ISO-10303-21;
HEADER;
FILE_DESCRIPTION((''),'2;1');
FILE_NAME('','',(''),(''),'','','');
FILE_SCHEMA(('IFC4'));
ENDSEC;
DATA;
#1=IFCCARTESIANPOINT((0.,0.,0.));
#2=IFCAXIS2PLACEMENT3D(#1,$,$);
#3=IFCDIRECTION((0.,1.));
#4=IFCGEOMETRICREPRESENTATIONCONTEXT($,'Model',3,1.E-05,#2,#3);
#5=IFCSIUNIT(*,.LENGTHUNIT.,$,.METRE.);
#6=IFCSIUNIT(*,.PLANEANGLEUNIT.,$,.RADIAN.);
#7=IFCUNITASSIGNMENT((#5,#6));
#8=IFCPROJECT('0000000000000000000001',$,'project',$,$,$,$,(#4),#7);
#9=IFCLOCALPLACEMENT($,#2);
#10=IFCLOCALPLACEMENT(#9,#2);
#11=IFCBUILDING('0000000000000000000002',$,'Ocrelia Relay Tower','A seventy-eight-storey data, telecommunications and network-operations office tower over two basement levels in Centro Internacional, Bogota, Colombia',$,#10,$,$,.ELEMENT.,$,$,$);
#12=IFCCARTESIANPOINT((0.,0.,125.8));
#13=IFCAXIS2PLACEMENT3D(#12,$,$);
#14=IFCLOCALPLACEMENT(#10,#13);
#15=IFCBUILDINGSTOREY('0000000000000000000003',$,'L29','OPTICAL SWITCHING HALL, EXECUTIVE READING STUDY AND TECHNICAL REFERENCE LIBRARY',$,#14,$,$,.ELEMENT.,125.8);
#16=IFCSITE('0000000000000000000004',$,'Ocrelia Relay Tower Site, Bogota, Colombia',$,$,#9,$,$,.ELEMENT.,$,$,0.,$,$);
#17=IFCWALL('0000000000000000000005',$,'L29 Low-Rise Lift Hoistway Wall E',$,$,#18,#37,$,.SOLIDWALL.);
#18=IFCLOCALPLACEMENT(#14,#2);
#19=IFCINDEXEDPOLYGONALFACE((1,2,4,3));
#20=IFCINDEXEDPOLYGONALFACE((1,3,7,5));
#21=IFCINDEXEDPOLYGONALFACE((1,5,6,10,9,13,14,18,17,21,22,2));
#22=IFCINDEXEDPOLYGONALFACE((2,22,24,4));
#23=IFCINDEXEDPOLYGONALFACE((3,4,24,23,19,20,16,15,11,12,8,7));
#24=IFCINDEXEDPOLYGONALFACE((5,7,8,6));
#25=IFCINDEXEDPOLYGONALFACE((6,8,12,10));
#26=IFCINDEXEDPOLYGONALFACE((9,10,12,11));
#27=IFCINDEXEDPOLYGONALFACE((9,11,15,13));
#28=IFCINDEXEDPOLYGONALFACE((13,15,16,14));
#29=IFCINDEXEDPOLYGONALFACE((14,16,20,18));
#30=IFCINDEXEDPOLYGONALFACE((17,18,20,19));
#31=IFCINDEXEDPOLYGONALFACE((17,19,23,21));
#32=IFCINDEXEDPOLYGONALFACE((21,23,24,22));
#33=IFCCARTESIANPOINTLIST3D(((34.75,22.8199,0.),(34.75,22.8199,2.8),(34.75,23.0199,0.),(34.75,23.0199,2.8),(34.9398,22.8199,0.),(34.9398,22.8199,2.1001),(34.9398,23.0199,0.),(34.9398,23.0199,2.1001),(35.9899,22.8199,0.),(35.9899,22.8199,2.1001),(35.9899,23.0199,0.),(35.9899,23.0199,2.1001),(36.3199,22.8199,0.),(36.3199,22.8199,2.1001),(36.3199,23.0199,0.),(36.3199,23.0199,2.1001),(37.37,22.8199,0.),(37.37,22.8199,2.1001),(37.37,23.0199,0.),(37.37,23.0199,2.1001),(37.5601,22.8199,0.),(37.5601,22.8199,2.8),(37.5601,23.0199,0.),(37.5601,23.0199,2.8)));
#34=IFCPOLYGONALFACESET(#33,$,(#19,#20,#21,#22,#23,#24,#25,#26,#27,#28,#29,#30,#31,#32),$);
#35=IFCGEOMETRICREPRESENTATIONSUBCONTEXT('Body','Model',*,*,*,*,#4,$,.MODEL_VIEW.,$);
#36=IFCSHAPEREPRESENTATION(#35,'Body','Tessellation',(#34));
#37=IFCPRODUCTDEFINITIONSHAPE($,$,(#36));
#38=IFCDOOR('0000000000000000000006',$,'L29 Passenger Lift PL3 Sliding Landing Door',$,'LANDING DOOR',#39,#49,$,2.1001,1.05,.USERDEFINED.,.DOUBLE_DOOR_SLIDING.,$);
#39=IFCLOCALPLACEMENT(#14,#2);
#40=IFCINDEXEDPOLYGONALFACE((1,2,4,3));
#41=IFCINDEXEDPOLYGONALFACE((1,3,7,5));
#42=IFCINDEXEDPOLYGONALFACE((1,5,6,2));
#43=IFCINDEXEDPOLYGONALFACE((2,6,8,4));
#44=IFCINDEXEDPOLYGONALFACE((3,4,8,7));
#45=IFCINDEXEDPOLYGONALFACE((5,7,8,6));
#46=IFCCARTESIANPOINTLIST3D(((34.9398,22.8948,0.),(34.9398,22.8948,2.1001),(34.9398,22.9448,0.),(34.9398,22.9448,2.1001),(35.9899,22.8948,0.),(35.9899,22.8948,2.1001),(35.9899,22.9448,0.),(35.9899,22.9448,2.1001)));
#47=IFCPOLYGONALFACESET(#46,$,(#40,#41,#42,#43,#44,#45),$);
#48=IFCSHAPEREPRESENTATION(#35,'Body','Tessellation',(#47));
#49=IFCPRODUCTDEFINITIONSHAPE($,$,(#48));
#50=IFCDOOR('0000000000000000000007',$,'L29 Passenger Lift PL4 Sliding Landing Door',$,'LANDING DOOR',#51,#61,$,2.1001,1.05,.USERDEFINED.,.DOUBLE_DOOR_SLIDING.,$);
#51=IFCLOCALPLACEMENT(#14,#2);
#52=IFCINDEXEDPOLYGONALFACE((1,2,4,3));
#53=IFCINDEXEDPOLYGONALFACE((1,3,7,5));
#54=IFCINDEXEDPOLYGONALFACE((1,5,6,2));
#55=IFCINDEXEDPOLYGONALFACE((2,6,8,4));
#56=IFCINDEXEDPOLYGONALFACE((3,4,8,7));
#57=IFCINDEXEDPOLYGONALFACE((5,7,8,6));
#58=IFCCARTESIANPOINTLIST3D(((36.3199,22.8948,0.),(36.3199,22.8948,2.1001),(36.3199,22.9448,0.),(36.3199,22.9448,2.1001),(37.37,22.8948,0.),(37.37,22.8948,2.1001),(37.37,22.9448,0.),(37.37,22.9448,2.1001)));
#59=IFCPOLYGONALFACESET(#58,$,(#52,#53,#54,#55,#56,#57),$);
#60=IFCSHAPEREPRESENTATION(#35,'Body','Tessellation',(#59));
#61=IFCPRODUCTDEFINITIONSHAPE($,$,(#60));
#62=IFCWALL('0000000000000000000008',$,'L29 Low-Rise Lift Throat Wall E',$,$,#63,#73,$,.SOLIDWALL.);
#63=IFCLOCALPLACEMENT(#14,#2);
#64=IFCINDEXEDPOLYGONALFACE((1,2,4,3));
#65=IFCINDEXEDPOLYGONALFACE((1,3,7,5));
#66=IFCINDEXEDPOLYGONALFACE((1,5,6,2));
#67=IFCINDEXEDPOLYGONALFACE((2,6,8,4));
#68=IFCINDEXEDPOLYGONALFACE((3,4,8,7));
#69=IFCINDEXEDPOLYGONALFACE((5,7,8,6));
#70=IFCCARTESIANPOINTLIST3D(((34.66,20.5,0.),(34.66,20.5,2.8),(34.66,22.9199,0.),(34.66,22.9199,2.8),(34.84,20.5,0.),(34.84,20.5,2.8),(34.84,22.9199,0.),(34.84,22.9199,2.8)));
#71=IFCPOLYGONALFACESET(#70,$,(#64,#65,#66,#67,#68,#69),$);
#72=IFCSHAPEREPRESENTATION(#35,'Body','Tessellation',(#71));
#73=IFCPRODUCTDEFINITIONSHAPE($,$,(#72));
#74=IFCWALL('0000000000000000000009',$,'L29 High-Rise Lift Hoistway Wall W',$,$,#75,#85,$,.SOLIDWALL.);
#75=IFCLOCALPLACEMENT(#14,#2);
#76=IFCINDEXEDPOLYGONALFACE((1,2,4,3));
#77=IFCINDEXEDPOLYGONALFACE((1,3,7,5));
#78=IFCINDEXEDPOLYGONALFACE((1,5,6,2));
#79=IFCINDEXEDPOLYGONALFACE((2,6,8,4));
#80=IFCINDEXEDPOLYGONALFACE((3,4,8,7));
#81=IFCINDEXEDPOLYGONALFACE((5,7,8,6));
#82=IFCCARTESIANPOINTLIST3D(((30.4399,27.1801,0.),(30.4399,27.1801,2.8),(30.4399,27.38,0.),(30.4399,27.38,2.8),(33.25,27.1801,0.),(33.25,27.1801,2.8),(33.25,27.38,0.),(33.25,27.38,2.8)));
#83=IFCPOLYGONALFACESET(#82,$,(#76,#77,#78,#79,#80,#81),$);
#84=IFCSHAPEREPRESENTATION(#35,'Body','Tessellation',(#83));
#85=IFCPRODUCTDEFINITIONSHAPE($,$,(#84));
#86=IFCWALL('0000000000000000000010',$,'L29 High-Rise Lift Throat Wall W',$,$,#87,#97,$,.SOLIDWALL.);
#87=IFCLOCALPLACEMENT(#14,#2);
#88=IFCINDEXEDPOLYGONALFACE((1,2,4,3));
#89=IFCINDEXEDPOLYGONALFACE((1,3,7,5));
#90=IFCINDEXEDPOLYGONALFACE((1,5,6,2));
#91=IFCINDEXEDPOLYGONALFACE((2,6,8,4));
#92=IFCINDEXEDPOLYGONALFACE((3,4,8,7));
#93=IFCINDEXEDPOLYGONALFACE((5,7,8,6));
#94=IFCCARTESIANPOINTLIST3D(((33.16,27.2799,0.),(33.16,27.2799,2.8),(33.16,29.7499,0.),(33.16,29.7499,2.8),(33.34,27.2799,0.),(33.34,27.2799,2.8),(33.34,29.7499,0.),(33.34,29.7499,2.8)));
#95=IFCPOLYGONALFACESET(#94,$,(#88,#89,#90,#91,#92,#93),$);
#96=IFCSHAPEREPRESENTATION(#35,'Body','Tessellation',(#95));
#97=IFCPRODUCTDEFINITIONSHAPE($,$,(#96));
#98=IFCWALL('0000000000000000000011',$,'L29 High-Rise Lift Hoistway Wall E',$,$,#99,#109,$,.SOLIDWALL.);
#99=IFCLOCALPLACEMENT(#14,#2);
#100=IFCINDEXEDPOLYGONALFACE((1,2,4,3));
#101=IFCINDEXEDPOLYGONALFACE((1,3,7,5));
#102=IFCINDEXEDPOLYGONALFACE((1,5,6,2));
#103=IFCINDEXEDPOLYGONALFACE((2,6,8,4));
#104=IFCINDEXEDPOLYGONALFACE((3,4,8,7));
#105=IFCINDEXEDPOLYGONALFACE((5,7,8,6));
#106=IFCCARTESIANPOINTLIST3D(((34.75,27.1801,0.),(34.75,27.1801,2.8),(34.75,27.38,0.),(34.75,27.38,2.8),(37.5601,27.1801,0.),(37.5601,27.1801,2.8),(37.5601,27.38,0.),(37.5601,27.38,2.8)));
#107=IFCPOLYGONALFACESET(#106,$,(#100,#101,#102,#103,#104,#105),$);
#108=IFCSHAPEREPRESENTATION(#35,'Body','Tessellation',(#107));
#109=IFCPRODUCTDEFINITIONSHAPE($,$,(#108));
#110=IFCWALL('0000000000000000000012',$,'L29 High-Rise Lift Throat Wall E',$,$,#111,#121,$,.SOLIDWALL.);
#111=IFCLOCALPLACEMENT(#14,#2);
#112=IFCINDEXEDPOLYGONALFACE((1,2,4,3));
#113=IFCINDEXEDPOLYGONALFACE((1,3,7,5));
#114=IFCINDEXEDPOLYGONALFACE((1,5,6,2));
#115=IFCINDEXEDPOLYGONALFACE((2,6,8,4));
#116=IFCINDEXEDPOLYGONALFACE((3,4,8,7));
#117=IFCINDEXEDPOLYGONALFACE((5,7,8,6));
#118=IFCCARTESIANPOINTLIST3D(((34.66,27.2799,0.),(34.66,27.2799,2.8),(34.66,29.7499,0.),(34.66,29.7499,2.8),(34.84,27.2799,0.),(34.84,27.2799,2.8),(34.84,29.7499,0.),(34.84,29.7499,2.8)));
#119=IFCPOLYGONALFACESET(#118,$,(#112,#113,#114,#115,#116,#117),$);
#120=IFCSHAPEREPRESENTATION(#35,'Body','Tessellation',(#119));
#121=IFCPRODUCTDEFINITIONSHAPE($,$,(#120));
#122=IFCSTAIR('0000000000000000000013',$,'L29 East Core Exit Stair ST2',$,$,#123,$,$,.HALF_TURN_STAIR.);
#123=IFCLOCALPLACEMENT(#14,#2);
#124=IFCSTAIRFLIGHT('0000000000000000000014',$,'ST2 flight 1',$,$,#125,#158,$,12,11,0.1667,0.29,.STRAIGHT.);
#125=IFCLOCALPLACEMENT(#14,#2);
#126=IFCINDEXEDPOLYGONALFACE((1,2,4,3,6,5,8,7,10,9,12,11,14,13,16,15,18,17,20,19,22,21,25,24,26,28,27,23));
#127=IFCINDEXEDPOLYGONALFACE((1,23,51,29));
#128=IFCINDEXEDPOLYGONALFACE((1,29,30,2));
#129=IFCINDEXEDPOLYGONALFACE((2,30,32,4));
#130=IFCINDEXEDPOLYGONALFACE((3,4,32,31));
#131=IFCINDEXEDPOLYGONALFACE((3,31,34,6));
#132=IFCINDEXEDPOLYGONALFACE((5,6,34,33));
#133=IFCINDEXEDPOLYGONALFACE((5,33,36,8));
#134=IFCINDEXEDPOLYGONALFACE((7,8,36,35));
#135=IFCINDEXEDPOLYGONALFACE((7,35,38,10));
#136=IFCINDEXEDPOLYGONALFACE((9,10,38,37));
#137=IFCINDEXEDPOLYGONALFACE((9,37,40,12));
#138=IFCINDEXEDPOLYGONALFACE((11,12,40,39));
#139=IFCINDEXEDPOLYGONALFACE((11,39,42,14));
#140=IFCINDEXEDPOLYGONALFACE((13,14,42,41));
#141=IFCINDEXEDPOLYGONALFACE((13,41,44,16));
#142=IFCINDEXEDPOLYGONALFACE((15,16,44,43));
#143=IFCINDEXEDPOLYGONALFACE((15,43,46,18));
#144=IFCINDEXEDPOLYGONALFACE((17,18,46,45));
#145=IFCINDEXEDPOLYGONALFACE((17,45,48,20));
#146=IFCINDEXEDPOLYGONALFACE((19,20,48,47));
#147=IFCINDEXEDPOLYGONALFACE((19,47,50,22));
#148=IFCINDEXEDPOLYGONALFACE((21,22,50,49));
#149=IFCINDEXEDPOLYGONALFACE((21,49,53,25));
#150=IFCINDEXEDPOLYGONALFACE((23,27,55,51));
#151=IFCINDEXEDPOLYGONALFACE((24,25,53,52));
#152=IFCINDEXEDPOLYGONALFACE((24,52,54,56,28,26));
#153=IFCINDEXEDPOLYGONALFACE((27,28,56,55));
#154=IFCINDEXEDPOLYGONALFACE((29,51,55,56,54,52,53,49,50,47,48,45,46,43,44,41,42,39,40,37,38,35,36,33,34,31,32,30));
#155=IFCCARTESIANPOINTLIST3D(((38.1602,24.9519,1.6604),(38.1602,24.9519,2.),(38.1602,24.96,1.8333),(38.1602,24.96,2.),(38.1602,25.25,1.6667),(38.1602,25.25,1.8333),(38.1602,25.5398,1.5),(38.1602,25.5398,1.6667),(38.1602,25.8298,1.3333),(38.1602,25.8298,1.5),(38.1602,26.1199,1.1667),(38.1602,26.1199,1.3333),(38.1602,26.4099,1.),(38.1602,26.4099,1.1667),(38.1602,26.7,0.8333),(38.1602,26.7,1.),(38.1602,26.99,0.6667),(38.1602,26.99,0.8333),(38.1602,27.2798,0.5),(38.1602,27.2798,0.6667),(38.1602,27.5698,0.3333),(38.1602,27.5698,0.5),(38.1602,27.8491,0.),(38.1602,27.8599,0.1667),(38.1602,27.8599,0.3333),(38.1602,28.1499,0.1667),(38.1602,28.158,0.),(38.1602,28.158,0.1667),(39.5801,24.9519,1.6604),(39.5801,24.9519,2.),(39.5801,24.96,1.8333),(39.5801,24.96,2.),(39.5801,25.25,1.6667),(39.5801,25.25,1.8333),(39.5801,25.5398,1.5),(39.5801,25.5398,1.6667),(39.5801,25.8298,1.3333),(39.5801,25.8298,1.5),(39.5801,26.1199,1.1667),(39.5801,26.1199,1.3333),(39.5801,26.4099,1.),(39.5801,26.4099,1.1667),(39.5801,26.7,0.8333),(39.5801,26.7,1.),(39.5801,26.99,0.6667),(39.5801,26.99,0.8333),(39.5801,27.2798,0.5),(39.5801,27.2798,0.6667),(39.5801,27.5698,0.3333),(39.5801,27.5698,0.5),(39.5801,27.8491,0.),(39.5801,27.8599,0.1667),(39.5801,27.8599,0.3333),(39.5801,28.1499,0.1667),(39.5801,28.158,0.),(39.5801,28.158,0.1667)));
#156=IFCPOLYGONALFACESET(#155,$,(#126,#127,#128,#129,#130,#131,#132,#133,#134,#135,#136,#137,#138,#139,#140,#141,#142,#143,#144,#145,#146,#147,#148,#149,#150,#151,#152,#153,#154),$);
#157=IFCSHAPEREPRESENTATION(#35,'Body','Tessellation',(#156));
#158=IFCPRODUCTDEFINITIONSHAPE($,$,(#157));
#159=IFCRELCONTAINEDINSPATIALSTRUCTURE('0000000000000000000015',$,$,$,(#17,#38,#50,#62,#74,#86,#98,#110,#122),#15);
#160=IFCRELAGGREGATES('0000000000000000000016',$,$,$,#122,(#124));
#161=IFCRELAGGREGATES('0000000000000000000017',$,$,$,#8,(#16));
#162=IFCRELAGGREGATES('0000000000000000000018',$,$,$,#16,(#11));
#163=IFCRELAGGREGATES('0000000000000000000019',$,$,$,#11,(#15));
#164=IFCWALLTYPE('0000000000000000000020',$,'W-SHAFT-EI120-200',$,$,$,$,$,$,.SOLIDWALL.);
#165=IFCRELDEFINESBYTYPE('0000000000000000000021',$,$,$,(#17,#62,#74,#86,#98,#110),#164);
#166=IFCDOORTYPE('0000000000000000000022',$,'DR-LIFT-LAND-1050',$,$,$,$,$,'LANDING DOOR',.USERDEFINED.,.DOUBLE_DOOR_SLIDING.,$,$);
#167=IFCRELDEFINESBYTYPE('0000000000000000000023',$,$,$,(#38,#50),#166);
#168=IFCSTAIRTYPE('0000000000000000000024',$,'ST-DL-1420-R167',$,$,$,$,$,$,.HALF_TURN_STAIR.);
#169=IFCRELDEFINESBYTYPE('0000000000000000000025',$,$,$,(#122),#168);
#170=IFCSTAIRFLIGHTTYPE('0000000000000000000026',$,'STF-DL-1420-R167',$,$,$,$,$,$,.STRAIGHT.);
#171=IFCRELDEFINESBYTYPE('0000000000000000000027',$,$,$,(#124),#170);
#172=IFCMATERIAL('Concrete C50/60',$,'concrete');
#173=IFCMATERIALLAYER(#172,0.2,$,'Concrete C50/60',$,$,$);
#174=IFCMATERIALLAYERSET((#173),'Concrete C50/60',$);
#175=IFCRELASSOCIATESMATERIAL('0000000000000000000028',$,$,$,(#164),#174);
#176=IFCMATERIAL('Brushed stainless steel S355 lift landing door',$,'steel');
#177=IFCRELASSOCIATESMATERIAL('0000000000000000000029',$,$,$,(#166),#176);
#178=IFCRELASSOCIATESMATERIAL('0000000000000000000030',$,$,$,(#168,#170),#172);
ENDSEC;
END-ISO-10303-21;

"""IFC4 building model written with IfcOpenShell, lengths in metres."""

from ifc_helpers import new_model, si_unit, direction, frame, frame_2d, origin, place, context, subcontext, project, spatial, polyline, rectangle, outline, extrude, material, layer, layer_set, type_object, element, fill, aggregate, save


model = new_model("IFC4")

# Units and contexts
model_context = context("Model", 3, precision=1e-05, world=origin(), true_north=direction((0.0, 1.0)))
body_context = subcontext(model_context, "Body", "Model", "MODEL_VIEW")
ifc_project = project(units=[si_unit("LENGTHUNIT", "METRE"), si_unit("PLANEANGLEUNIT", "RADIAN")], contexts=[model_context])

# Site, building, storey
site_placement = place(None, origin())
site = spatial("IfcSite", under=ifc_project, at=site_placement, Name="Ocrelia Relay Tower Site, Bogota, Colombia", CompositionType="ELEMENT", RefElevation=0.0)
building_placement = place(site_placement, origin())
building = spatial("IfcBuilding", under=site, at=building_placement, Name="Ocrelia Relay Tower", Description="A seventy-eight-storey data, telecommunications and network-operations office tower over two basement levels in Centro Internacional, Bogota, Colombia", CompositionType="ELEMENT")
storey_placement = place(building_placement, frame((0.0, 0.0, 125.8)))
storey = spatial("IfcBuildingStorey", under=building, at=storey_placement, Name="L29", Description="OPTICAL SWITCHING HALL, EXECUTIVE READING STUDY AND TECHNICAL REFERENCE LIBRARY", CompositionType="ELEMENT", Elevation=125.8)

# Shared definitions
ifc_material_1 = material(Name="Concrete C50/60", Category="concrete")
ifc_layer_1 = layer(ifc_material_1, 0.2, Name="Concrete C50/60")
ifc_layer_set_1 = layer_set([ifc_layer_1], Name="Concrete C50/60")
wall_type_1 = type_object("IfcWallType", Name="W-SHAFT-EI120-200", PredefinedType="SOLIDWALL", material=ifc_layer_set_1)
ifc_material_2 = material(Name="Brushed stainless steel S355 lift landing door", Category="steel")
door_type = type_object("IfcDoorType", Name="DR-LIFT-LAND-1050", ElementType="LANDING DOOR", OperationType="DOUBLE_DOOR_SLIDING", PredefinedType="USERDEFINED", material=ifc_material_2)

# Wall, openings, doors
wall_1_placement = place(storey_placement, frame((34.75, 22.9199, 0.0), z_axis=(0.0, 0.0, 1.0), x_axis=(1.0, 0.0, 0.0)))
wall_1 = element("IfcWall", 1, at=wall_1_placement, inside=storey, type_object=wall_type_1, Name="L29 Low-Rise Lift Hoistway Wall E", PredefinedType="SOLIDWALL", context=body_context, shape_type="SweptSolid", body=[
    extrude(rectangle(XDim=2.8101, YDim=0.2, at=frame_2d((1.405, 0.0))), origin(), (0.0, 0.0, 1.0), 2.8),
])
opening_1_placement = place(wall_1_placement, frame((0.1899, 0.0, 0.0)))
opening_1 = element("IfcOpeningElement", 2, at=opening_1_placement, cuts=wall_1, PredefinedType="OPENING", context=body_context, shape_type="SweptSolid", body=[
    extrude(rectangle(XDim=1.05, YDim=2.1001, at=frame_2d((0.5249, 1.05))), frame((0.0, 0.1099, 0.0), z_axis=(0.0, -1.0, 0.0), x_axis=(1.0, 0.0, 0.0)), (0.0, 0.0, 1.0), 0.22),
])
opening_2_placement = place(wall_1_placement, frame((1.5701, 0.0, 0.0)))
opening_2 = element("IfcOpeningElement", 3, at=opening_2_placement, cuts=wall_1, PredefinedType="OPENING", context=body_context, shape_type="SweptSolid", body=[
    extrude(rectangle(XDim=1.05, YDim=2.1001, at=frame_2d((0.5249, 1.05))), frame((0.0, 0.1099, 0.0), z_axis=(0.0, -1.0, 0.0), x_axis=(1.0, 0.0, 0.0)), (0.0, 0.0, 1.0), 0.22),
])
door_1_placement = place(opening_1_placement, origin())
door_1 = element("IfcDoor", 4, at=door_1_placement, inside=storey, type_object=door_type, Name="L29 Passenger Lift PL3 Sliding Landing Door", ObjectType="LANDING DOOR", OperationType="DOUBLE_DOOR_SLIDING", OverallHeight=2.1001, OverallWidth=1.05, PredefinedType="USERDEFINED", context=body_context, shape_type="SweptSolid", body=[
    extrude(rectangle(XDim=1.05, YDim=2.1001, at=frame_2d((0.5249, 1.05))), frame((0.0, 0.0249, 0.0), z_axis=(0.0, -1.0, 0.0), x_axis=(1.0, 0.0, 0.0)), (0.0, 0.0, 1.0), 0.05),
])
fill(opening_1, door_1)
door_2_placement = place(opening_2_placement, origin())
door_2 = element("IfcDoor", 5, at=door_2_placement, inside=storey, type_object=door_type, Name="L29 Passenger Lift PL4 Sliding Landing Door", ObjectType="LANDING DOOR", OperationType="DOUBLE_DOOR_SLIDING", OverallHeight=2.1001, OverallWidth=1.05, PredefinedType="USERDEFINED", context=body_context, shape_type="SweptSolid", body=[
    extrude(rectangle(XDim=1.05, YDim=2.1001, at=frame_2d((0.5249, 1.05))), frame((0.0, 0.0249, 0.0), z_axis=(0.0, -1.0, 0.0), x_axis=(1.0, 0.0, 0.0)), (0.0, 0.0, 1.0), 0.05),
])
fill(opening_2, door_2)

# Walls
wall_2_placement = place(storey_placement, frame((34.75, 20.5, 0.0), z_axis=(0.0, 0.0, 1.0), x_axis=(0.0, 1.0, 0.0)))
element("IfcWall", 6, at=wall_2_placement, inside=storey, type_object=wall_type_1, Name="L29 Low-Rise Lift Throat Wall E", PredefinedType="SOLIDWALL", context=body_context, shape_type="SweptSolid", body=[
    extrude(rectangle(XDim=2.4199, YDim=0.1799, at=frame_2d((1.21, 0.0))), origin(), (0.0, 0.0, 1.0), 2.8),
])
wall_3_placement = place(storey_placement, frame((30.4399, 27.28, 0.0), z_axis=(0.0, 0.0, 1.0), x_axis=(1.0, 0.0, 0.0)))
element("IfcWall", 7, at=wall_3_placement, inside=storey, type_object=wall_type_1, Name="L29 High-Rise Lift Hoistway Wall W", PredefinedType="SOLIDWALL", context=body_context, shape_type="SweptSolid", body=[
    extrude(rectangle(XDim=2.8101, YDim=0.2, at=frame_2d((1.405, 0.0))), origin(), (0.0, 0.0, 1.0), 2.8),
])
wall_4_placement = place(storey_placement, frame((33.25, 27.28, 0.0), z_axis=(0.0, 0.0, 1.0), x_axis=(0.0, 1.0, 0.0)))
element("IfcWall", 8, at=wall_4_placement, inside=storey, type_object=wall_type_1, Name="L29 High-Rise Lift Throat Wall W", PredefinedType="SOLIDWALL", context=body_context, shape_type="SweptSolid", body=[
    extrude(rectangle(XDim=2.47, YDim=0.1799, at=frame_2d((1.2349, 0.0))), origin(), (0.0, 0.0, 1.0), 2.8),
])
wall_5_placement = place(storey_placement, frame((34.75, 27.28, 0.0), z_axis=(0.0, 0.0, 1.0), x_axis=(1.0, 0.0, 0.0)))
element("IfcWall", 9, at=wall_5_placement, inside=storey, type_object=wall_type_1, Name="L29 High-Rise Lift Hoistway Wall E", PredefinedType="SOLIDWALL", context=body_context, shape_type="SweptSolid", body=[
    extrude(rectangle(XDim=2.8101, YDim=0.2, at=frame_2d((1.405, 0.0))), origin(), (0.0, 0.0, 1.0), 2.8),
])
wall_6_placement = place(storey_placement, frame((34.75, 27.28, 0.0), z_axis=(0.0, 0.0, 1.0), x_axis=(0.0, 1.0, 0.0)))
element("IfcWall", 10, at=wall_6_placement, inside=storey, type_object=wall_type_1, Name="L29 High-Rise Lift Throat Wall E", PredefinedType="SOLIDWALL", context=body_context, shape_type="SweptSolid", body=[
    extrude(rectangle(XDim=2.47, YDim=0.1799, at=frame_2d((1.2349, 0.0))), origin(), (0.0, 0.0, 1.0), 2.8),
])

# Stair, stair flight
stair_type = type_object("IfcStairType", Name="ST-DL-1420-R167", PredefinedType="HALF_TURN_STAIR", material=ifc_material_1)
stair_placement = place(storey_placement, origin())
stair = element("IfcStair", 11, at=stair_placement, inside=storey, type_object=stair_type, Name="L29 East Core Exit Stair ST2", PredefinedType="HALF_TURN_STAIR")
stair_flight_type = type_object("IfcStairFlightType", Name="STF-DL-1420-R167", PredefinedType="STRAIGHT", material=ifc_material_1)
stair_flight_1_placement = place(storey_placement, frame((38.8701, 28.1499, 0.0), z_axis=(0.0, 0.0, 1.0), x_axis=(0.0, -1.0, 0.0)))
stair_flight_1 = element("IfcStairFlight", 12, at=stair_flight_1_placement, type_object=stair_flight_type, Name="ST2 flight 1", NumberOfRisers=12, NumberOfTreads=11, PredefinedType="STRAIGHT", RiserHeight=0.1667, TreadLength=0.29, context=body_context, shape_type="SweptSolid", body=[
    extrude(outline(polyline([(-0.0081, 0.0), (-0.0081, 0.1667), (0.0, 0.1667), (0.29, 0.1667), (0.29, 0.3333), (0.5801, 0.3333), (0.5801, 0.5), (0.8701, 0.5), (0.8701, 0.6667), (1.1599, 0.6667), (1.1599, 0.8333), (1.45, 0.8333), (1.45, 1.0), (1.74, 1.0), (1.74, 1.1667), (2.03, 1.1667), (2.03, 1.3333), (2.3201, 1.3333), (2.3201, 1.5), (2.6101, 1.5), (2.6101, 1.6667), (2.8999, 1.6667), (2.8999, 1.8333), (3.1899, 1.8333), (3.1899, 2.0), (3.198, 2.0), (3.198, 1.6604), (0.3008, 0.0), (-0.0081, 0.0)])), frame((0.0, 0.71, 0.0), z_axis=(0.0, -1.0, 0.0), x_axis=(1.0, 0.0, 0.0)), (0.0, 0.0, 1.0), 1.4199),
])
aggregate(stair, [stair_flight_1])

save(model, "model.ifc")
